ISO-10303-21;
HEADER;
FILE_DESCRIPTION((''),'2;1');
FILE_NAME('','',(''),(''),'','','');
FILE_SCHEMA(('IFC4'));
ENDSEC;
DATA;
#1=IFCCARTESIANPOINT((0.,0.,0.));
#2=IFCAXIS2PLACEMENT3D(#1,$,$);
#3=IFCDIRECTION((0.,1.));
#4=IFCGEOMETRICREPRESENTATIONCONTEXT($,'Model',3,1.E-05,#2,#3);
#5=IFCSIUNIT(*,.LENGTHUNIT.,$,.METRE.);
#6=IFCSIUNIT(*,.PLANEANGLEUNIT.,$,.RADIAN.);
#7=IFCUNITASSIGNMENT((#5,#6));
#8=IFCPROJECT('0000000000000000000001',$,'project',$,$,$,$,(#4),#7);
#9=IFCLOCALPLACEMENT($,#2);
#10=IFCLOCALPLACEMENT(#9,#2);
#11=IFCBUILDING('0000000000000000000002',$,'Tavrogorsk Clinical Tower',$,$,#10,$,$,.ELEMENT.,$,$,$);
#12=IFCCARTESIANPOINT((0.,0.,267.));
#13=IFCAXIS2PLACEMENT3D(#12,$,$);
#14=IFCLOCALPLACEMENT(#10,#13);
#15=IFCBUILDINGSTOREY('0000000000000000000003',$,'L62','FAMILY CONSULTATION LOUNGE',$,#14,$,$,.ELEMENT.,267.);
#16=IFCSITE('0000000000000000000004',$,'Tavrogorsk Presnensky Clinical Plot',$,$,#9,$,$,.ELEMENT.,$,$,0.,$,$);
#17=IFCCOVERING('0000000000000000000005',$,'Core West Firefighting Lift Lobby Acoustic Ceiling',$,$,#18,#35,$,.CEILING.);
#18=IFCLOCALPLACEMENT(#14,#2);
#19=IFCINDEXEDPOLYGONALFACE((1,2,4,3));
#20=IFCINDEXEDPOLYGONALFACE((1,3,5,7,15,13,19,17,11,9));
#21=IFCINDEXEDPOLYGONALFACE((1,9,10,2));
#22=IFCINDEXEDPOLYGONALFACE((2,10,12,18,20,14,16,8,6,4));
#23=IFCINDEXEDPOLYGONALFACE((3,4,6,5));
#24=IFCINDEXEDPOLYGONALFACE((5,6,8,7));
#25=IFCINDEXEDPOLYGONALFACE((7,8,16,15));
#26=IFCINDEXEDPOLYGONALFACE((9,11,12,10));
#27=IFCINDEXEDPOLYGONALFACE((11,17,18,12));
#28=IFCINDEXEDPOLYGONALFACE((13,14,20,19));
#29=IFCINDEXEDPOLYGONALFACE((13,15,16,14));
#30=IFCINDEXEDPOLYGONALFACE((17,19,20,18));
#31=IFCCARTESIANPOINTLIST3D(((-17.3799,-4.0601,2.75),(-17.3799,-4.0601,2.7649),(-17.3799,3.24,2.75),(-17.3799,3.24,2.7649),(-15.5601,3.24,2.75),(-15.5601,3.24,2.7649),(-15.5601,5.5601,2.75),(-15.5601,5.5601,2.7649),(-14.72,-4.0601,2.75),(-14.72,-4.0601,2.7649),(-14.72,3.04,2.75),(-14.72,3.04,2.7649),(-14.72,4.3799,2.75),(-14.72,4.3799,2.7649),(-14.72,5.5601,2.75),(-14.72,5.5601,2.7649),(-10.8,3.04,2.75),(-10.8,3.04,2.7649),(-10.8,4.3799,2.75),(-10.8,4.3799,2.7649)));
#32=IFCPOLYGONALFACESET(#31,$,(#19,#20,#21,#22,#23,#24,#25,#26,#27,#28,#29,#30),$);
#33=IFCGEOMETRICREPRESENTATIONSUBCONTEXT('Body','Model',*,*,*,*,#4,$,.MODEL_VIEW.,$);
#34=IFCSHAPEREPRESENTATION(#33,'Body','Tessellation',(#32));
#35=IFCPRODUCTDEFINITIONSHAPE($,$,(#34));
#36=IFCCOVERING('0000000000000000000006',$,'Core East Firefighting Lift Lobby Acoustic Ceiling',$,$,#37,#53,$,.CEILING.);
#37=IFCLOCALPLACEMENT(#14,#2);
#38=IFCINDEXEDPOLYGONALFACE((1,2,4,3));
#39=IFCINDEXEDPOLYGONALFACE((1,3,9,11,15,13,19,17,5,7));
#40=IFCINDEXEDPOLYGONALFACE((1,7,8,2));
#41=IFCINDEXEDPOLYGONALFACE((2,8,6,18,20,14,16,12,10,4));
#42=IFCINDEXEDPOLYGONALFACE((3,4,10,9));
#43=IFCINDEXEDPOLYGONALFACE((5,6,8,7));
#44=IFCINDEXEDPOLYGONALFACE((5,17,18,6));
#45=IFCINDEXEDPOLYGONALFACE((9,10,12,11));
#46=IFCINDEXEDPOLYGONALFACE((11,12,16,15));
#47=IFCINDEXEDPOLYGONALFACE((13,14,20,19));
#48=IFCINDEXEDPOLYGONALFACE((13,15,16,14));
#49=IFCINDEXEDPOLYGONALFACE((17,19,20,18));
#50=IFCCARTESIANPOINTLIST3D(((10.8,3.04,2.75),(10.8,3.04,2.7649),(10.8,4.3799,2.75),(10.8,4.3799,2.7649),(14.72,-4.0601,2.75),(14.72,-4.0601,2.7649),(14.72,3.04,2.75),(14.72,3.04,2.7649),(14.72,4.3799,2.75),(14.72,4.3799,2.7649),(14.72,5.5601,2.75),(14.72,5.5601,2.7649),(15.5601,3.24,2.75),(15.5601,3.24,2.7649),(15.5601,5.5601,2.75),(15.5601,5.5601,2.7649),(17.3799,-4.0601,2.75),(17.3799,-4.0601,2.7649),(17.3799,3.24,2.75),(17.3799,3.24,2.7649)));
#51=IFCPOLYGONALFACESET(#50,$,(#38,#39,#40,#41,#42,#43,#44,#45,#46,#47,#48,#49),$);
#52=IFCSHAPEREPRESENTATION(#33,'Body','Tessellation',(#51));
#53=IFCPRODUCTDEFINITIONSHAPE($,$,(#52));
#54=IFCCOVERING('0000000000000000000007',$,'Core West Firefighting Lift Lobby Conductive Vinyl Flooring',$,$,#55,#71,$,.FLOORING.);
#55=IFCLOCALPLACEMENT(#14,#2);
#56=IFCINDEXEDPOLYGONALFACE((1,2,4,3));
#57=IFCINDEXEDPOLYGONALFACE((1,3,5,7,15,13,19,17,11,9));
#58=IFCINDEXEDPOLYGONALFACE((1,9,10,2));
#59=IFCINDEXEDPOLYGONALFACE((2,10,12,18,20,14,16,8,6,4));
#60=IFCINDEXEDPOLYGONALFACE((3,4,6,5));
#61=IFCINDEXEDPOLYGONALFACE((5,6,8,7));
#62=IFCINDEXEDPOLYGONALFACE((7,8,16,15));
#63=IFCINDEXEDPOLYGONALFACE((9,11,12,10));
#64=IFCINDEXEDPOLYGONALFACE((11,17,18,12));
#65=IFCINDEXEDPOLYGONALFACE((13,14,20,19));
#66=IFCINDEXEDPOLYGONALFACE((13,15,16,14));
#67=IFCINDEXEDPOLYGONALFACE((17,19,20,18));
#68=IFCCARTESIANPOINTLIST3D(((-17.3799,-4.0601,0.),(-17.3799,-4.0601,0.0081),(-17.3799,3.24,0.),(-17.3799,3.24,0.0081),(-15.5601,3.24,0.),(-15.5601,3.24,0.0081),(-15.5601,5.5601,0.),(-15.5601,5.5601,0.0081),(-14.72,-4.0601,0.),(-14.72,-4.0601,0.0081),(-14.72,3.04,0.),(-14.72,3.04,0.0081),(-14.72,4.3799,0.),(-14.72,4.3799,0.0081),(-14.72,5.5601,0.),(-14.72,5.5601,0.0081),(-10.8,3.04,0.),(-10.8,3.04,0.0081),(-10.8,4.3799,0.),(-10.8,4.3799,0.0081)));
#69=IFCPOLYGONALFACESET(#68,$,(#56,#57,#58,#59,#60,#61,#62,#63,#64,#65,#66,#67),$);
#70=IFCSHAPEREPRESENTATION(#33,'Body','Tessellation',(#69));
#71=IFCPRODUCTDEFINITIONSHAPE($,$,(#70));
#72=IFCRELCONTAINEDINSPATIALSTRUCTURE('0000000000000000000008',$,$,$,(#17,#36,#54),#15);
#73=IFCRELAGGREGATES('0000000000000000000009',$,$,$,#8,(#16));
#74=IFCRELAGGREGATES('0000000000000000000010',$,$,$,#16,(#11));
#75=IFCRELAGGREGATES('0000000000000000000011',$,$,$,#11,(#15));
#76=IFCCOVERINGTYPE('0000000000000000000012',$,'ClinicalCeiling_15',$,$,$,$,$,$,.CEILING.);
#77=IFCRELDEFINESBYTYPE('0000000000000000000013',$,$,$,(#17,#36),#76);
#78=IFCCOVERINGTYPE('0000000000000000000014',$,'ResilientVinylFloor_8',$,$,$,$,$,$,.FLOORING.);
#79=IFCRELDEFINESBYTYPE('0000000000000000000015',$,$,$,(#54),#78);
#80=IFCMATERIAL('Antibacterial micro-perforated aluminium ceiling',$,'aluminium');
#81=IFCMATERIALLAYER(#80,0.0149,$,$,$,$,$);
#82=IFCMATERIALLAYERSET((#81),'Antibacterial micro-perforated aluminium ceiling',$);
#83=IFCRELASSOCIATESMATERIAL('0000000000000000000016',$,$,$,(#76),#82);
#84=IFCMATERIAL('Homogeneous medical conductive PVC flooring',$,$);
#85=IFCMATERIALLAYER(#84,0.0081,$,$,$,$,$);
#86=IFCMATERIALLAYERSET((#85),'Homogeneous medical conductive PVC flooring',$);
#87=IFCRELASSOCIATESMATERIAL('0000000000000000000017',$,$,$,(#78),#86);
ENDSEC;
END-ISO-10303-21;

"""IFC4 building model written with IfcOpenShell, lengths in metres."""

from ifc_helpers import new_model, si_unit, direction, frame, origin, place, context, subcontext, project, spatial, polyline, outline, extrude, material, layer, layer_set, type_object, element, save


model = new_model("IFC4")

# Units and contexts
model_context = context("Model", 3, precision=1e-05, world=origin(), true_north=direction((0.0, 1.0)))
body_context = subcontext(model_context, "Body", "Model", "MODEL_VIEW")
ifc_project = project(units=[si_unit("LENGTHUNIT", "METRE"), si_unit("PLANEANGLEUNIT", "RADIAN")], contexts=[model_context])

# Site, building, storey
site_placement = place(None, origin())
site = spatial("IfcSite", under=ifc_project, at=site_placement, Name="Tavrogorsk Presnensky Clinical Plot", CompositionType="ELEMENT", RefElevation=0.0)
building_placement = place(site_placement, origin())
building = spatial("IfcBuilding", under=site, at=building_placement, Name="Tavrogorsk Clinical Tower", CompositionType="ELEMENT")
storey_placement = place(building_placement, frame((0.0, 0.0, 267.0)))
storey = spatial("IfcBuildingStorey", under=building, at=storey_placement, Name="L62", Description="FAMILY CONSULTATION LOUNGE", CompositionType="ELEMENT", Elevation=267.0)

# Coverings
ifc_material_1 = material(Name="Antibacterial micro-perforated aluminium ceiling", Category="aluminium")
ifc_layer_1 = layer(ifc_material_1, 0.0149)
ifc_layer_set_1 = layer_set([ifc_layer_1], Name="Antibacterial micro-perforated aluminium ceiling")
covering_type_1 = type_object("IfcCoveringType", Name="ClinicalCeiling_15", PredefinedType="CEILING", material=ifc_layer_set_1)
covering_1_placement = place(storey_placement, frame((0.0, 0.0, 2.75)))
element("IfcCovering", 1, at=covering_1_placement, inside=storey, type_object=covering_type_1, Name="Core West Firefighting Lift Lobby Acoustic Ceiling", PredefinedType="CEILING", context=body_context, shape_type="SweptSolid", body=[
    extrude(outline(polyline([(-14.72, 4.3799), (-10.8, 4.3799), (-10.8, 3.04), (-14.72, 3.04), (-14.72, -4.0601), (-17.3799, -4.0601), (-17.3799, 3.24), (-15.5601, 3.24), (-15.5601, 5.5601), (-14.72, 5.5601), (-14.72, 4.3799)])), origin(), (0.0, 0.0, 1.0), 0.0149),
])
covering_2_placement = place(storey_placement, frame((0.0, 0.0, 2.75)))
element("IfcCovering", 2, at=covering_2_placement, inside=storey, type_object=covering_type_1, Name="Core East Firefighting Lift Lobby Acoustic Ceiling", PredefinedType="CEILING", context=body_context, shape_type="SweptSolid", body=[
    extrude(outline(polyline([(14.72, -4.0601), (14.72, 3.04), (10.8, 3.04), (10.8, 4.3799), (14.72, 4.3799), (14.72, 5.5601), (15.5601, 5.5601), (15.5601, 3.24), (17.3799, 3.24), (17.3799, -4.0601), (14.72, -4.0601)])), origin(), (0.0, 0.0, 1.0), 0.0149),
])
ifc_material_2 = material(Name="Homogeneous medical conductive PVC flooring")
ifc_layer_2 = layer(ifc_material_2, 0.0081)
ifc_layer_set_2 = layer_set([ifc_layer_2], Name="Homogeneous medical conductive PVC flooring")
covering_type_2 = type_object("IfcCoveringType", Name="ResilientVinylFloor_8", PredefinedType="FLOORING", material=ifc_layer_set_2)
covering_3_placement = place(storey_placement, origin())
element("IfcCovering", 3, at=covering_3_placement, inside=storey, type_object=covering_type_2, Name="Core West Firefighting Lift Lobby Conductive Vinyl Flooring", PredefinedType="FLOORING", context=body_context, shape_type="SweptSolid", body=[
    extrude(outline(polyline([(-14.72, 4.3799), (-10.8, 4.3799), (-10.8, 3.04), (-14.72, 3.04), (-14.72, -4.0601), (-17.3799, -4.0601), (-17.3799, 3.24), (-15.5601, 3.24), (-15.5601, 5.5601), (-14.72, 5.5601), (-14.72, 4.3799)])), origin(), (0.0, 0.0, 1.0), 0.0081),
])

save(model, "model.ifc")
